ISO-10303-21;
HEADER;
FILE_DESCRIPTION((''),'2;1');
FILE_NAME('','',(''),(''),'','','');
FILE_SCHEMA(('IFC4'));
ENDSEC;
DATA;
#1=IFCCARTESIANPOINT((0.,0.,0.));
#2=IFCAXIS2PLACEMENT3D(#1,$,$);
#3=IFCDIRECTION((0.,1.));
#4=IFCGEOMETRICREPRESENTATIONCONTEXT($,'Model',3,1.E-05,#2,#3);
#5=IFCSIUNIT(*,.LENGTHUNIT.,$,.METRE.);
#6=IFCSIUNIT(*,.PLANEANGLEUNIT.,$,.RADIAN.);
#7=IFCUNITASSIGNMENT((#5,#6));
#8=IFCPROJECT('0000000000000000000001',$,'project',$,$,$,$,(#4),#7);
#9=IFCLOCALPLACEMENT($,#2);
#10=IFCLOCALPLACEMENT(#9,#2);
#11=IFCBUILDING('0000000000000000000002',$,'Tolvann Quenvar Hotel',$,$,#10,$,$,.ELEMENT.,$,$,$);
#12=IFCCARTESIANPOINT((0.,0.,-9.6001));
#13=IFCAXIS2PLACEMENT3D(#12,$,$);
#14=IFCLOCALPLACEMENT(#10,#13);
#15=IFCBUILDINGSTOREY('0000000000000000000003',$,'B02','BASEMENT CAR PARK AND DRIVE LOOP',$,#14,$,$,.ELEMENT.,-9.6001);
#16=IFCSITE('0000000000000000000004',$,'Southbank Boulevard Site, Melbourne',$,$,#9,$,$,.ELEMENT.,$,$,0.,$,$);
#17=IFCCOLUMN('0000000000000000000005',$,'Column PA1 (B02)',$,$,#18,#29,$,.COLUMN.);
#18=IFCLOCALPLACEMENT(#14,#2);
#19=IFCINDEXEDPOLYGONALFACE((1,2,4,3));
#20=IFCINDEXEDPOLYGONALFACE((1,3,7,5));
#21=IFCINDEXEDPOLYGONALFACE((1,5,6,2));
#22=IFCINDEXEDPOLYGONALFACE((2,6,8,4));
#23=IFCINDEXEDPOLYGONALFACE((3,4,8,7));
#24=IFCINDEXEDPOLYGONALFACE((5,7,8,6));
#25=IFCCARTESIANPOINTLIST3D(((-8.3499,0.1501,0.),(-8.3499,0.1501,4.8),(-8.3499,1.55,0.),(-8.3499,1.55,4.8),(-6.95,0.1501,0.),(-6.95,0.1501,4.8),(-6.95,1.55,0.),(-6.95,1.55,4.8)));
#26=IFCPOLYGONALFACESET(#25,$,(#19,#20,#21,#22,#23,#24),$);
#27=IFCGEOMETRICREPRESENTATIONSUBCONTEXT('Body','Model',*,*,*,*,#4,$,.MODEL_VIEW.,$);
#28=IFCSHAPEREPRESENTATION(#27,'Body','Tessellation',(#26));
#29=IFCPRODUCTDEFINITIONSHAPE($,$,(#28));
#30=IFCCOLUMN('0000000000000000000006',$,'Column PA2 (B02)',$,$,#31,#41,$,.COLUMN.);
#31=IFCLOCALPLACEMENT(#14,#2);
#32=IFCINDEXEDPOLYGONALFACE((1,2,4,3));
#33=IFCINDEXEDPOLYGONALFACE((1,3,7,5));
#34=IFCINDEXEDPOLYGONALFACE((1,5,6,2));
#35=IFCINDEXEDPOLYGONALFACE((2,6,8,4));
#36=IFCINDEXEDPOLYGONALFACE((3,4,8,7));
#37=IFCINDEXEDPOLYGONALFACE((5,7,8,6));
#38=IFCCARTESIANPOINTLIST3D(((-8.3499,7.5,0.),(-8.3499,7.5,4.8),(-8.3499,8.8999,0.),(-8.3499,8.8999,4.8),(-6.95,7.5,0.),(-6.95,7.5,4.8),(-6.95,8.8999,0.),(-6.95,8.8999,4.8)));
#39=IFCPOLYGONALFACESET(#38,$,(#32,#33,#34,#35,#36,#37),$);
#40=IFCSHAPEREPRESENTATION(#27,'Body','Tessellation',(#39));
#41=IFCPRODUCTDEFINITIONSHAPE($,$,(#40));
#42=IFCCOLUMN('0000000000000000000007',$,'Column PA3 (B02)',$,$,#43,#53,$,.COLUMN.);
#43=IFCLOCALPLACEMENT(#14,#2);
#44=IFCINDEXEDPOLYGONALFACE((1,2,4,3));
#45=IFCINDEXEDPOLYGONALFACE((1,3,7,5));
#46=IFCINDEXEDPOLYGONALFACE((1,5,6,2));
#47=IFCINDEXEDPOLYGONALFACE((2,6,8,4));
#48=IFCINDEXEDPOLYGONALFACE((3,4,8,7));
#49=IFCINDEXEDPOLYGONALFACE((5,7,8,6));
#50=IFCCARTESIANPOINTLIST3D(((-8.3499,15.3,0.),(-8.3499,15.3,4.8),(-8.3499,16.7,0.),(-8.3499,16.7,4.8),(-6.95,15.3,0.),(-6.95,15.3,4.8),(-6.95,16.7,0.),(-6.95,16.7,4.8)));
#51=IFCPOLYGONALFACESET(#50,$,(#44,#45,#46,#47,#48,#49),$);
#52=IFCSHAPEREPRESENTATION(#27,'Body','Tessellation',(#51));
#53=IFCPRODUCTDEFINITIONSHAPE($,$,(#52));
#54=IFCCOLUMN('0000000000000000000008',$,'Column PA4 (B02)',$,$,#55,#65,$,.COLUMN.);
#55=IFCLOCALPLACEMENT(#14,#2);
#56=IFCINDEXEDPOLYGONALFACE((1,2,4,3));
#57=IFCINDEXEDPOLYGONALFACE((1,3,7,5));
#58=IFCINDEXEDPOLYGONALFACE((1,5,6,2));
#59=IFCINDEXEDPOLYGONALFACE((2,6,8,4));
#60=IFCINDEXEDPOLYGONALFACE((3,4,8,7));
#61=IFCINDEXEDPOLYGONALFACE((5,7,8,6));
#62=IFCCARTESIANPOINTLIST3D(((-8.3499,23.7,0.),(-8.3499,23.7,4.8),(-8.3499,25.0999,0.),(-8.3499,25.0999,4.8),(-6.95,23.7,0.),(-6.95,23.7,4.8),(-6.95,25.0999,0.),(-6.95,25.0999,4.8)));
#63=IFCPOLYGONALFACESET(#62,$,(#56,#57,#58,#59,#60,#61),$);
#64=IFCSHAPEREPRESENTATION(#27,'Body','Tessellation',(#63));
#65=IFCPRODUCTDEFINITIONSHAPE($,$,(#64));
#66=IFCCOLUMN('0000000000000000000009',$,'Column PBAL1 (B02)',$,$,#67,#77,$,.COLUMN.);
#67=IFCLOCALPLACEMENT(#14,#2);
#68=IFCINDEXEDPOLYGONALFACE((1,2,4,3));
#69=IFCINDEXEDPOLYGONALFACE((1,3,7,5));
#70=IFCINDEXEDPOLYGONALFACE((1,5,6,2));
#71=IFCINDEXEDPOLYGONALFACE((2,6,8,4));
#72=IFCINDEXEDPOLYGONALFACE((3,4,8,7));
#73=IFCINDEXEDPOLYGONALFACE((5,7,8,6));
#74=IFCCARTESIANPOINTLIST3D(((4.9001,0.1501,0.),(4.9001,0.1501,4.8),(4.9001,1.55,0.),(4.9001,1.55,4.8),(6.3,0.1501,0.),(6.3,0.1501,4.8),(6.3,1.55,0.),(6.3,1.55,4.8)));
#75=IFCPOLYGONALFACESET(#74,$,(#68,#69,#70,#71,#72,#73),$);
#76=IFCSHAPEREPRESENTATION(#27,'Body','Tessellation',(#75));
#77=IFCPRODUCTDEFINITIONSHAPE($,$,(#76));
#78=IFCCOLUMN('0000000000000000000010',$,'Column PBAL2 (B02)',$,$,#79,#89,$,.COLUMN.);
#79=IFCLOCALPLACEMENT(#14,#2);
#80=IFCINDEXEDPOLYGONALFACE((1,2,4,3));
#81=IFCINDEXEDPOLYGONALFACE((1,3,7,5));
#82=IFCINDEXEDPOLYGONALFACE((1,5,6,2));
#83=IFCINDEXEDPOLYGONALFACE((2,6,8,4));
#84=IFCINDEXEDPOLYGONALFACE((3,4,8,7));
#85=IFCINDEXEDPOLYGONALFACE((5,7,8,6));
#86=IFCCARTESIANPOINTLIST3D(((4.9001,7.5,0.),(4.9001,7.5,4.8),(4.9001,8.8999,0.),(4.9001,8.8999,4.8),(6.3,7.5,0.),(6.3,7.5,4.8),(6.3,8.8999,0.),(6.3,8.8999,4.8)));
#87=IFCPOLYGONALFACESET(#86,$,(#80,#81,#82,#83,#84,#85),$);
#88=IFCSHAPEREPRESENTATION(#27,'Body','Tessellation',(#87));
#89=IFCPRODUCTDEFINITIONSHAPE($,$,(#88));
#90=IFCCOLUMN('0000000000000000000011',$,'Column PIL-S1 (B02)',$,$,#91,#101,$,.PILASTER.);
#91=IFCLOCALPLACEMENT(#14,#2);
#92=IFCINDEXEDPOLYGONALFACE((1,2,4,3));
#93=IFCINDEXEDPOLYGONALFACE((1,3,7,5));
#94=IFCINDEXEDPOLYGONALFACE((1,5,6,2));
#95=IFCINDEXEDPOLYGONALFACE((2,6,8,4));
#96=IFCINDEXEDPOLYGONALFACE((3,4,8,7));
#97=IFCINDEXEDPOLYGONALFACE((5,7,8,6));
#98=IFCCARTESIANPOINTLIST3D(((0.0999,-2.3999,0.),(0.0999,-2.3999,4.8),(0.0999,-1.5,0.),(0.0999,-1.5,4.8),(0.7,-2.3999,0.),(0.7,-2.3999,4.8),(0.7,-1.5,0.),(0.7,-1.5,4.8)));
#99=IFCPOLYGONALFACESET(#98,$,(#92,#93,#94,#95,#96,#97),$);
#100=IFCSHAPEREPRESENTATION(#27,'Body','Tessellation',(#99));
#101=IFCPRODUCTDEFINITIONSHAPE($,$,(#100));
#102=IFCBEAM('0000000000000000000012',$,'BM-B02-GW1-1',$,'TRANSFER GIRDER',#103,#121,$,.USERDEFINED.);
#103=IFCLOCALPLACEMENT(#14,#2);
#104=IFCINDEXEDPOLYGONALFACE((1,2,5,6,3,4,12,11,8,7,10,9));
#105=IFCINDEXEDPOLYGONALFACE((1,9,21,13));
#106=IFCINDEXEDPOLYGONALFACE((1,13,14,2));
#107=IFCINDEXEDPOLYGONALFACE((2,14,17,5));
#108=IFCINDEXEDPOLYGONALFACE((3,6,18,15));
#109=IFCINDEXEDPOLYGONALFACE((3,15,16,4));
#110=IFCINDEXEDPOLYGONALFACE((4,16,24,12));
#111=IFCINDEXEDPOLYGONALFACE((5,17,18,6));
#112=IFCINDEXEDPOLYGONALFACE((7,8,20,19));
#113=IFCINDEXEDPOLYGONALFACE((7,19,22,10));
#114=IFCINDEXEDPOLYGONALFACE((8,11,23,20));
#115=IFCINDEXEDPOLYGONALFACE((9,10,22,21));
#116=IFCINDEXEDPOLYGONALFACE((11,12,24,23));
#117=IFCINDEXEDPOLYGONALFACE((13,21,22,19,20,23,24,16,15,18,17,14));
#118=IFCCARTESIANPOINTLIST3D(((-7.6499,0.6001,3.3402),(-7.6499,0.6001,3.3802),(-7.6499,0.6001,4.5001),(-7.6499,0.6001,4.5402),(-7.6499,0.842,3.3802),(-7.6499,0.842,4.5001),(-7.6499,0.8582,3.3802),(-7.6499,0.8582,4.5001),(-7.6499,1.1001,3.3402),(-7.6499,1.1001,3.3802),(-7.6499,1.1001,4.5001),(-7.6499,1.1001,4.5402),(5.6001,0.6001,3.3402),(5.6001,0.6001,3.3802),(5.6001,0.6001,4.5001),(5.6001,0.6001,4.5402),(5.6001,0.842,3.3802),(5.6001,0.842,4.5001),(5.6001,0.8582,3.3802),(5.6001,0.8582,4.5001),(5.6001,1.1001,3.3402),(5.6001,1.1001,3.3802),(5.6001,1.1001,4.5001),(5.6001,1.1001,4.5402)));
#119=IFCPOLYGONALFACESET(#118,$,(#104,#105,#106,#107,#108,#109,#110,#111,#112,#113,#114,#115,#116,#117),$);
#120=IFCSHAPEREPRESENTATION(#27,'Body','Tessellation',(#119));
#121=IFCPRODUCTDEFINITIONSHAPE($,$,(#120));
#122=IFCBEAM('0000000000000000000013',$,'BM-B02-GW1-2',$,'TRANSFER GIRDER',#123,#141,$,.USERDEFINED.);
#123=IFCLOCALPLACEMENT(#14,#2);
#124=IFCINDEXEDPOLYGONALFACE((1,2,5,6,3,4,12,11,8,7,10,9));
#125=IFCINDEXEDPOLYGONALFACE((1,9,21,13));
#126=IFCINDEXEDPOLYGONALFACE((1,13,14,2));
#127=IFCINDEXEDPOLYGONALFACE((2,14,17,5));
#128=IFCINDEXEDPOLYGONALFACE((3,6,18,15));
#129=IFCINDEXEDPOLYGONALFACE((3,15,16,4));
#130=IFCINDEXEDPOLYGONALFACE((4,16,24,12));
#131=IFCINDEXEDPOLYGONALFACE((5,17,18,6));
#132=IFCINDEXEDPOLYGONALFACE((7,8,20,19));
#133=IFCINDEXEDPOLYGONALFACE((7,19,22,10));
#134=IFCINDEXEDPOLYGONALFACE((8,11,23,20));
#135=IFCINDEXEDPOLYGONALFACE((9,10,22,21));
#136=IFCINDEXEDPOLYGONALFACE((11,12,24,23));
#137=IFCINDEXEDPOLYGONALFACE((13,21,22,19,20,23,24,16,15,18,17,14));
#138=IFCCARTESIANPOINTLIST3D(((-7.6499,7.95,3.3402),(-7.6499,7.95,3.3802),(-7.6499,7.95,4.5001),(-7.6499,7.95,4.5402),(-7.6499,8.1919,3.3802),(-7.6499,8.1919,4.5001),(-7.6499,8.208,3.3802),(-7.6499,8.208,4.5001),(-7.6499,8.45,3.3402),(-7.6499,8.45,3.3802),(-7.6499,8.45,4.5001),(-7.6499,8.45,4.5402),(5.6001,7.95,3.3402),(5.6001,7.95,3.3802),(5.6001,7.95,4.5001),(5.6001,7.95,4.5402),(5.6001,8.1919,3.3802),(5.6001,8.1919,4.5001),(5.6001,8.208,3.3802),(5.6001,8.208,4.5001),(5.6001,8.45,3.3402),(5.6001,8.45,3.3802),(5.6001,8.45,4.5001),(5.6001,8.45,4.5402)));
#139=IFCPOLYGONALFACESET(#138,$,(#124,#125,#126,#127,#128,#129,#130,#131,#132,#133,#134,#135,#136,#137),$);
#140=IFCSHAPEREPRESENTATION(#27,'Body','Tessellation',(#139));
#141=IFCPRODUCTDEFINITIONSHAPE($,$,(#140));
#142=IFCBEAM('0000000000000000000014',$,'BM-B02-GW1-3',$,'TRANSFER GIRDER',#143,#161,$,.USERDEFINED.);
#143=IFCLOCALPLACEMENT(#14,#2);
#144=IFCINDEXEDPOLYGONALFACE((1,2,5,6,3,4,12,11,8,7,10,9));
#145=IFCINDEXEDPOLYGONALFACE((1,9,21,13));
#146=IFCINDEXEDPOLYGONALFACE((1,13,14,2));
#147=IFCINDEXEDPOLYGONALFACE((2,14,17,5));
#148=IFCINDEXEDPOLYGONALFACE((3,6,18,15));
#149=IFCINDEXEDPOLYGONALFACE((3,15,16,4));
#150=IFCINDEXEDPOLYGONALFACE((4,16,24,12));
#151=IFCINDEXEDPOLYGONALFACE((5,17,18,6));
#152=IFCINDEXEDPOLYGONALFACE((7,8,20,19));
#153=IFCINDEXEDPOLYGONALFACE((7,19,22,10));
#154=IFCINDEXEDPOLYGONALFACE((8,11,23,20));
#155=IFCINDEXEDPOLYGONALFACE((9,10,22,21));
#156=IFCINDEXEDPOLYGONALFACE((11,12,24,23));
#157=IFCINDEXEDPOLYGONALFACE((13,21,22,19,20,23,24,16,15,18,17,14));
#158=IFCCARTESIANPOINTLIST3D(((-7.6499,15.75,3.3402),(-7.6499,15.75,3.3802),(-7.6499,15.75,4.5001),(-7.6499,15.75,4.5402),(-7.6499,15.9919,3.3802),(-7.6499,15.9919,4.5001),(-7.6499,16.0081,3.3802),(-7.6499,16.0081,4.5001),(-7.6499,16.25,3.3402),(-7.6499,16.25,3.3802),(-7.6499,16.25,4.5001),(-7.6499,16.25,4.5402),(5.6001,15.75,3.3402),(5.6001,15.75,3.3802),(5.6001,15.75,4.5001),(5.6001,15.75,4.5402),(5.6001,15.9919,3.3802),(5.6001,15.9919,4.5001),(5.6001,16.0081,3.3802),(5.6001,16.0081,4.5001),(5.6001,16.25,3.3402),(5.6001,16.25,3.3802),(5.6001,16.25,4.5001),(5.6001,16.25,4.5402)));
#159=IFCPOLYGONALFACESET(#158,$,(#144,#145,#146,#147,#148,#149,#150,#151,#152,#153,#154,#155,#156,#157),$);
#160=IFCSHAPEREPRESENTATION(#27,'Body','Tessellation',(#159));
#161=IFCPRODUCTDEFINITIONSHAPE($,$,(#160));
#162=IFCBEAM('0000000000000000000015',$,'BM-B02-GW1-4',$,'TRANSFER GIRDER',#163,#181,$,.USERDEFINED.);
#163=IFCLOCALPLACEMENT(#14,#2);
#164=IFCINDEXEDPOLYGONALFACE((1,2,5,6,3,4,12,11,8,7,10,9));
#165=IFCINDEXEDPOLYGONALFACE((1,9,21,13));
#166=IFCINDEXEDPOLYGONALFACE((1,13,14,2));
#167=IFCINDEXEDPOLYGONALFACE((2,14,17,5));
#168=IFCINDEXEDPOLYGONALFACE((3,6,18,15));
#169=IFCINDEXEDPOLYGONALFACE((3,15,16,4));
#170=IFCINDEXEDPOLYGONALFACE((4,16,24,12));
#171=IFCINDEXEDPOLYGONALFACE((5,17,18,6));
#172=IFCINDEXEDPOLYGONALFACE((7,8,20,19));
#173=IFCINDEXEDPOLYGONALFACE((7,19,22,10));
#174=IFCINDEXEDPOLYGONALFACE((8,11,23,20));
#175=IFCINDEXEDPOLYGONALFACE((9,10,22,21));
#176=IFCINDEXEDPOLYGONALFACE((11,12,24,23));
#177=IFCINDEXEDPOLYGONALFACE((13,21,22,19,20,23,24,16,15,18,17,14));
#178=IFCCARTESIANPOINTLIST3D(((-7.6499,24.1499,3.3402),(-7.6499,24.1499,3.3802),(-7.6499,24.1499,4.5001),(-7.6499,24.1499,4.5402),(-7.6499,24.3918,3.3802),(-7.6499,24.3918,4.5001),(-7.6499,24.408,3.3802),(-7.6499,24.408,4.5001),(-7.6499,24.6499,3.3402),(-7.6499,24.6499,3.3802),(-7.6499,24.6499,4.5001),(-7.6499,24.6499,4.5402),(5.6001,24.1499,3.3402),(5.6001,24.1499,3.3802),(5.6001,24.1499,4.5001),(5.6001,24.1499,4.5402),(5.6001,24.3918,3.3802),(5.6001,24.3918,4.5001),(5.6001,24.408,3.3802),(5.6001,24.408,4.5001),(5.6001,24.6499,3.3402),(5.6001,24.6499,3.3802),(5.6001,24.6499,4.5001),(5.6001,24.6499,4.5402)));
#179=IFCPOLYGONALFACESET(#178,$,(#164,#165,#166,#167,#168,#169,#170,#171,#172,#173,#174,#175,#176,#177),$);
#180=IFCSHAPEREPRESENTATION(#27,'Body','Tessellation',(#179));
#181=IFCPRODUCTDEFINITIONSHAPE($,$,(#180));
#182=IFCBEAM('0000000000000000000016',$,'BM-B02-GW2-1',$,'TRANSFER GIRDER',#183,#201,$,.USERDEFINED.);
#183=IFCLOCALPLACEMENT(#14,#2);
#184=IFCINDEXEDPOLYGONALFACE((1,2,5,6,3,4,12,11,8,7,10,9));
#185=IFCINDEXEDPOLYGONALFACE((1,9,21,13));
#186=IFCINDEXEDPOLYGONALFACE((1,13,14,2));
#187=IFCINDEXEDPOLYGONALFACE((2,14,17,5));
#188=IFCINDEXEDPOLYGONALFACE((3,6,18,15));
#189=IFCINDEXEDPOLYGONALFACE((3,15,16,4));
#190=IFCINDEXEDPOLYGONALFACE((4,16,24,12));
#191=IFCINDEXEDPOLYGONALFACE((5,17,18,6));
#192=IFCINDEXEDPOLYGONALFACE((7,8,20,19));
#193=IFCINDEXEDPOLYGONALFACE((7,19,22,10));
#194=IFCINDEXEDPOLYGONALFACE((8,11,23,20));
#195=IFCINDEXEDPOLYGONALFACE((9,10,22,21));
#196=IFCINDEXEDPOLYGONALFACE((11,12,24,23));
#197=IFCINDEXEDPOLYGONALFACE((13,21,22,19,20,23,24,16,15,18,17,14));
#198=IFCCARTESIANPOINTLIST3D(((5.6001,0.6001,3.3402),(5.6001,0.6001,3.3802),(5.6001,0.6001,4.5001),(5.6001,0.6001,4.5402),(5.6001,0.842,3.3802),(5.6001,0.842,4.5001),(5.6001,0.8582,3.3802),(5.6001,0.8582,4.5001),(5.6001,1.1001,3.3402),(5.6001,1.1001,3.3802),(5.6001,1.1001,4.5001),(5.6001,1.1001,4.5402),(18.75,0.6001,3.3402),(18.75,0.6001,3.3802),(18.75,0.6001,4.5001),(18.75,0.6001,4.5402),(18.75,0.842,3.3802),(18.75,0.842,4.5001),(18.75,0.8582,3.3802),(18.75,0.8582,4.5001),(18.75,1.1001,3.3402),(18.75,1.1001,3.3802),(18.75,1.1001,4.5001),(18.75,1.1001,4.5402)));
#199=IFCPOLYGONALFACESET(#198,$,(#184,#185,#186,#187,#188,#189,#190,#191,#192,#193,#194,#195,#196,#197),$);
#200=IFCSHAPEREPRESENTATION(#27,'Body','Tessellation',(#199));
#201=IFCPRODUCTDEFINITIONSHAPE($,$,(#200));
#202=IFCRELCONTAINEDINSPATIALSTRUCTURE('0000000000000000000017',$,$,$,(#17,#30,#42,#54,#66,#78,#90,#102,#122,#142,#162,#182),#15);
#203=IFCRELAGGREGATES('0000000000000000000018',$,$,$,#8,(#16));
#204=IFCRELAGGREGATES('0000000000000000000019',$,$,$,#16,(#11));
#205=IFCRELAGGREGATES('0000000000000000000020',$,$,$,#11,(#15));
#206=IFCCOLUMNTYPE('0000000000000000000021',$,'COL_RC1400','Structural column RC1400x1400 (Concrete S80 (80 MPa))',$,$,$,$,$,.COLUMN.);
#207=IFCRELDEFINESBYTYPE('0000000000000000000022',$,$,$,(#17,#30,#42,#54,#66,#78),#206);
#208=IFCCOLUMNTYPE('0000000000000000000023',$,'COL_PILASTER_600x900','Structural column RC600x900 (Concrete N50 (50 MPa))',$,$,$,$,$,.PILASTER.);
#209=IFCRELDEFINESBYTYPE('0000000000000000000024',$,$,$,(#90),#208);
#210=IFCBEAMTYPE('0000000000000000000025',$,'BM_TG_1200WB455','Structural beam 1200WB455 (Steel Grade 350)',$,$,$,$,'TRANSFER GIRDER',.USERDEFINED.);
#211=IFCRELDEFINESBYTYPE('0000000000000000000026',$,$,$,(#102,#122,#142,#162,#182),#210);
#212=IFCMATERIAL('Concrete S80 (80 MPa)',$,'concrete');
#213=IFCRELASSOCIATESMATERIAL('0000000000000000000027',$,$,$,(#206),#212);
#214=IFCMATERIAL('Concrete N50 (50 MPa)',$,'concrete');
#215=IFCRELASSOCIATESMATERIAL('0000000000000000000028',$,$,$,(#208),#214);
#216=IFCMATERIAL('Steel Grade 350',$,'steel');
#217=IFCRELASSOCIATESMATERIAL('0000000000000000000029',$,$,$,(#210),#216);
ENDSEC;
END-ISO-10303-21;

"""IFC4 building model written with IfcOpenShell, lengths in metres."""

from ifc_helpers import new_model, si_unit, direction, frame, origin, origin_2d, place, context, subcontext, project, spatial, rectangle, i_section, extrude, source, transform, mapped, material, material_profile, profile_set, type_object, type_shapes, element, save


model = new_model("IFC4")

# Units and contexts
model_context = context("Model", 3, precision=1e-05, world=origin(), true_north=direction((0.0, 1.0)))
body_context = subcontext(model_context, "Body", "Model", "MODEL_VIEW")
ifc_project = project(units=[si_unit("LENGTHUNIT", "METRE"), si_unit("PLANEANGLEUNIT", "RADIAN")], contexts=[model_context])

# Site, building, storey
site_placement = place(None, origin())
site = spatial("IfcSite", under=ifc_project, at=site_placement, Name="Southbank Boulevard Site, Melbourne", CompositionType="ELEMENT", RefElevation=0.0)
building_placement = place(site_placement, origin())
building = spatial("IfcBuilding", under=site, at=building_placement, Name="Tolvann Quenvar Hotel", CompositionType="ELEMENT")
storey_placement = place(building_placement, frame((0.0, 0.0, -9.6001)))
storey = spatial("IfcBuildingStorey", under=building, at=storey_placement, Name="B02", Description="BASEMENT CAR PARK AND DRIVE LOOP", CompositionType="ELEMENT", Elevation=-9.6001)

# Columns
ifc_material_1 = material(Name="Concrete S80 (80 MPa)", Category="concrete")
ifc_material_profile_1 = material_profile(ifc_material_1, rectangle(XDim=1.3999, YDim=1.3999, at=origin_2d()), Name="RC1400x1400")
ifc_profile_set_1 = profile_set([ifc_material_profile_1], Name="Concrete S80 (80 MPa)")
column_type_1 = type_object("IfcColumnType", Name="COL_RC1400", Description="Structural column RC1400x1400 (Concrete S80 (80 MPa))", PredefinedType="COLUMN", material=ifc_profile_set_1)
shared_shape_1 = source(origin(), body_context, "Body", "SweptSolid", [
    extrude(rectangle(XDim=1.3999, YDim=1.3999, at=origin_2d()), origin(), (0.0, 0.0, 1.0), 4.8),
])
type_shapes(column_type_1, [shared_shape_1])
for number, where, z_axis, x_axis, name in (
    (1, (-7.6499, 0.8501, 0.0), (0.0, 0.0, 1.0), (1.0, 0.0, 0.0), "Column PA1 (B02)"),
    (2, (-7.6499, 8.2, 0.0), (0.0, 0.0, 1.0), (1.0, 0.0, 0.0), "Column PA2 (B02)"),
    (3, (-7.6499, 16.0, 0.0), (0.0, 0.0, 1.0), (1.0, 0.0, 0.0), "Column PA3 (B02)"),
    (4, (-7.6499, 24.3999, 0.0), (0.0, 0.0, 1.0), (1.0, 0.0, 0.0), "Column PA4 (B02)"),
    (5, (5.6001, 0.8501, 0.0), (0.0, 0.0, 1.0), (1.0, 0.0, 0.0), "Column PBAL1 (B02)"),
    (6, (5.6001, 8.2, 0.0), (0.0, 0.0, 1.0), (1.0, 0.0, 0.0), "Column PBAL2 (B02)"),
):
    element("IfcColumn", number, at=place(storey_placement, frame(where, z_axis=z_axis, x_axis=x_axis)), inside=storey, type_object=column_type_1, Name=name, PredefinedType="COLUMN", context=body_context, shape_type="MappedRepresentation", body=[
        mapped(shared_shape_1, transform((0.0, 0.0, 0.0), x_axis=(1.0, 0.0, 0.0), y_axis=(0.0, 1.0, 0.0), z_axis=(0.0, 0.0, 1.0), scale=1.0)),
    ])
ifc_material_2 = material(Name="Concrete N50 (50 MPa)", Category="concrete")
ifc_material_profile_2 = material_profile(ifc_material_2, rectangle(XDim=0.6001, YDim=0.8999, at=origin_2d()), Name="RC600x900")
ifc_profile_set_2 = profile_set([ifc_material_profile_2], Name="Concrete N50 (50 MPa)")
column_type_2 = type_object("IfcColumnType", Name="COL_PILASTER_600x900", Description="Structural column RC600x900 (Concrete N50 (50 MPa))", PredefinedType="PILASTER", material=ifc_profile_set_2)
shared_shape_2 = source(origin(), body_context, "Body", "SweptSolid", [
    extrude(rectangle(XDim=0.6001, YDim=0.8999, at=origin_2d()), origin(), (0.0, 0.0, 1.0), 4.8),
])
type_shapes(column_type_2, [shared_shape_2])
column_placement = place(storey_placement, frame((0.3999, -1.95, 0.0), z_axis=(0.0, 0.0, 1.0), x_axis=(1.0, 0.0, 0.0)))
element("IfcColumn", 7, at=column_placement, inside=storey, type_object=column_type_2, Name="Column PIL-S1 (B02)", PredefinedType="PILASTER", context=body_context, shape_type="MappedRepresentation", body=[
    mapped(shared_shape_2, transform((0.0, 0.0, 0.0), x_axis=(1.0, 0.0, 0.0), y_axis=(0.0, 1.0, 0.0), z_axis=(0.0, 0.0, 1.0), scale=1.0)),
])

# Beams
ifc_material_3 = material(Name="Steel Grade 350", Category="steel")
ifc_material_profile_3 = material_profile(ifc_material_3, i_section(OverallWidth=0.5, OverallDepth=1.2, WebThickness=0.0161, FlangeThickness=0.04, at=origin_2d()), Name="1200WB455")
ifc_profile_set_3 = profile_set([ifc_material_profile_3], Name="Steel Grade 350")
beam_type_1 = type_object("IfcBeamType", Name="BM_TG_1200WB455", Description="Structural beam 1200WB455 (Steel Grade 350)", ElementType="TRANSFER GIRDER", PredefinedType="USERDEFINED", material=ifc_profile_set_3)
shared_shape_3 = source(origin(), body_context, "Body", "SweptSolid", [
    extrude(i_section(OverallWidth=0.5, OverallDepth=1.2, WebThickness=0.0161, FlangeThickness=0.04, at=origin_2d()), origin(), (0.0, 0.0, 1.0), 13.25),
])
for number, where, z_axis, x_axis, name in (
    (8, (-7.6499, 0.8501, 3.9402), (1.0, 0.0, 0.0), (0.0, 1.0, 0.0), "BM-B02-GW1-1"),
    (9, (-7.6499, 8.2, 3.9402), (1.0, 0.0, 0.0), (0.0, 1.0, 0.0), "BM-B02-GW1-2"),
    (10, (-7.6499, 16.0, 3.9402), (1.0, 0.0, 0.0), (0.0, 1.0, 0.0), "BM-B02-GW1-3"),
    (11, (-7.6499, 24.3999, 3.9402), (1.0, 0.0, 0.0), (0.0, 1.0, 0.0), "BM-B02-GW1-4"),
):
    element("IfcBeam", number, at=place(storey_placement, frame(where, z_axis=z_axis, x_axis=x_axis)), inside=storey, type_object=beam_type_1, Name=name, ObjectType="TRANSFER GIRDER", PredefinedType="USERDEFINED", context=body_context, shape_type="MappedRepresentation", body=[
        mapped(shared_shape_3, transform((0.0, 0.0, 0.0), x_axis=(1.0, 0.0, 0.0), y_axis=(0.0, 1.0, 0.0), z_axis=(0.0, 0.0, 1.0), scale=1.0)),
    ])
shared_shape_4 = source(origin(), body_context, "Body", "SweptSolid", [
    extrude(i_section(OverallWidth=0.5, OverallDepth=1.2, WebThickness=0.0161, FlangeThickness=0.04, at=origin_2d()), origin(), (0.0, 0.0, 1.0), 13.1499),
])
type_shapes(beam_type_1, [shared_shape_3, shared_shape_4])
beam_1_placement = place(storey_placement, frame((5.6001, 0.8501, 3.9402), z_axis=(1.0, 0.0, 0.0), x_axis=(0.0, 1.0, 0.0)))
element("IfcBeam", 12, at=beam_1_placement, inside=storey, type_object=beam_type_1, Name="BM-B02-GW2-1", ObjectType="TRANSFER GIRDER", PredefinedType="USERDEFINED", context=body_context, shape_type="MappedRepresentation", body=[
    mapped(shared_shape_4, transform((0.0, 0.0, 0.0), x_axis=(1.0, 0.0, 0.0), y_axis=(0.0, 1.0, 0.0), z_axis=(0.0, 0.0, 1.0), scale=1.0)),
])

save(model, "model.ifc")
